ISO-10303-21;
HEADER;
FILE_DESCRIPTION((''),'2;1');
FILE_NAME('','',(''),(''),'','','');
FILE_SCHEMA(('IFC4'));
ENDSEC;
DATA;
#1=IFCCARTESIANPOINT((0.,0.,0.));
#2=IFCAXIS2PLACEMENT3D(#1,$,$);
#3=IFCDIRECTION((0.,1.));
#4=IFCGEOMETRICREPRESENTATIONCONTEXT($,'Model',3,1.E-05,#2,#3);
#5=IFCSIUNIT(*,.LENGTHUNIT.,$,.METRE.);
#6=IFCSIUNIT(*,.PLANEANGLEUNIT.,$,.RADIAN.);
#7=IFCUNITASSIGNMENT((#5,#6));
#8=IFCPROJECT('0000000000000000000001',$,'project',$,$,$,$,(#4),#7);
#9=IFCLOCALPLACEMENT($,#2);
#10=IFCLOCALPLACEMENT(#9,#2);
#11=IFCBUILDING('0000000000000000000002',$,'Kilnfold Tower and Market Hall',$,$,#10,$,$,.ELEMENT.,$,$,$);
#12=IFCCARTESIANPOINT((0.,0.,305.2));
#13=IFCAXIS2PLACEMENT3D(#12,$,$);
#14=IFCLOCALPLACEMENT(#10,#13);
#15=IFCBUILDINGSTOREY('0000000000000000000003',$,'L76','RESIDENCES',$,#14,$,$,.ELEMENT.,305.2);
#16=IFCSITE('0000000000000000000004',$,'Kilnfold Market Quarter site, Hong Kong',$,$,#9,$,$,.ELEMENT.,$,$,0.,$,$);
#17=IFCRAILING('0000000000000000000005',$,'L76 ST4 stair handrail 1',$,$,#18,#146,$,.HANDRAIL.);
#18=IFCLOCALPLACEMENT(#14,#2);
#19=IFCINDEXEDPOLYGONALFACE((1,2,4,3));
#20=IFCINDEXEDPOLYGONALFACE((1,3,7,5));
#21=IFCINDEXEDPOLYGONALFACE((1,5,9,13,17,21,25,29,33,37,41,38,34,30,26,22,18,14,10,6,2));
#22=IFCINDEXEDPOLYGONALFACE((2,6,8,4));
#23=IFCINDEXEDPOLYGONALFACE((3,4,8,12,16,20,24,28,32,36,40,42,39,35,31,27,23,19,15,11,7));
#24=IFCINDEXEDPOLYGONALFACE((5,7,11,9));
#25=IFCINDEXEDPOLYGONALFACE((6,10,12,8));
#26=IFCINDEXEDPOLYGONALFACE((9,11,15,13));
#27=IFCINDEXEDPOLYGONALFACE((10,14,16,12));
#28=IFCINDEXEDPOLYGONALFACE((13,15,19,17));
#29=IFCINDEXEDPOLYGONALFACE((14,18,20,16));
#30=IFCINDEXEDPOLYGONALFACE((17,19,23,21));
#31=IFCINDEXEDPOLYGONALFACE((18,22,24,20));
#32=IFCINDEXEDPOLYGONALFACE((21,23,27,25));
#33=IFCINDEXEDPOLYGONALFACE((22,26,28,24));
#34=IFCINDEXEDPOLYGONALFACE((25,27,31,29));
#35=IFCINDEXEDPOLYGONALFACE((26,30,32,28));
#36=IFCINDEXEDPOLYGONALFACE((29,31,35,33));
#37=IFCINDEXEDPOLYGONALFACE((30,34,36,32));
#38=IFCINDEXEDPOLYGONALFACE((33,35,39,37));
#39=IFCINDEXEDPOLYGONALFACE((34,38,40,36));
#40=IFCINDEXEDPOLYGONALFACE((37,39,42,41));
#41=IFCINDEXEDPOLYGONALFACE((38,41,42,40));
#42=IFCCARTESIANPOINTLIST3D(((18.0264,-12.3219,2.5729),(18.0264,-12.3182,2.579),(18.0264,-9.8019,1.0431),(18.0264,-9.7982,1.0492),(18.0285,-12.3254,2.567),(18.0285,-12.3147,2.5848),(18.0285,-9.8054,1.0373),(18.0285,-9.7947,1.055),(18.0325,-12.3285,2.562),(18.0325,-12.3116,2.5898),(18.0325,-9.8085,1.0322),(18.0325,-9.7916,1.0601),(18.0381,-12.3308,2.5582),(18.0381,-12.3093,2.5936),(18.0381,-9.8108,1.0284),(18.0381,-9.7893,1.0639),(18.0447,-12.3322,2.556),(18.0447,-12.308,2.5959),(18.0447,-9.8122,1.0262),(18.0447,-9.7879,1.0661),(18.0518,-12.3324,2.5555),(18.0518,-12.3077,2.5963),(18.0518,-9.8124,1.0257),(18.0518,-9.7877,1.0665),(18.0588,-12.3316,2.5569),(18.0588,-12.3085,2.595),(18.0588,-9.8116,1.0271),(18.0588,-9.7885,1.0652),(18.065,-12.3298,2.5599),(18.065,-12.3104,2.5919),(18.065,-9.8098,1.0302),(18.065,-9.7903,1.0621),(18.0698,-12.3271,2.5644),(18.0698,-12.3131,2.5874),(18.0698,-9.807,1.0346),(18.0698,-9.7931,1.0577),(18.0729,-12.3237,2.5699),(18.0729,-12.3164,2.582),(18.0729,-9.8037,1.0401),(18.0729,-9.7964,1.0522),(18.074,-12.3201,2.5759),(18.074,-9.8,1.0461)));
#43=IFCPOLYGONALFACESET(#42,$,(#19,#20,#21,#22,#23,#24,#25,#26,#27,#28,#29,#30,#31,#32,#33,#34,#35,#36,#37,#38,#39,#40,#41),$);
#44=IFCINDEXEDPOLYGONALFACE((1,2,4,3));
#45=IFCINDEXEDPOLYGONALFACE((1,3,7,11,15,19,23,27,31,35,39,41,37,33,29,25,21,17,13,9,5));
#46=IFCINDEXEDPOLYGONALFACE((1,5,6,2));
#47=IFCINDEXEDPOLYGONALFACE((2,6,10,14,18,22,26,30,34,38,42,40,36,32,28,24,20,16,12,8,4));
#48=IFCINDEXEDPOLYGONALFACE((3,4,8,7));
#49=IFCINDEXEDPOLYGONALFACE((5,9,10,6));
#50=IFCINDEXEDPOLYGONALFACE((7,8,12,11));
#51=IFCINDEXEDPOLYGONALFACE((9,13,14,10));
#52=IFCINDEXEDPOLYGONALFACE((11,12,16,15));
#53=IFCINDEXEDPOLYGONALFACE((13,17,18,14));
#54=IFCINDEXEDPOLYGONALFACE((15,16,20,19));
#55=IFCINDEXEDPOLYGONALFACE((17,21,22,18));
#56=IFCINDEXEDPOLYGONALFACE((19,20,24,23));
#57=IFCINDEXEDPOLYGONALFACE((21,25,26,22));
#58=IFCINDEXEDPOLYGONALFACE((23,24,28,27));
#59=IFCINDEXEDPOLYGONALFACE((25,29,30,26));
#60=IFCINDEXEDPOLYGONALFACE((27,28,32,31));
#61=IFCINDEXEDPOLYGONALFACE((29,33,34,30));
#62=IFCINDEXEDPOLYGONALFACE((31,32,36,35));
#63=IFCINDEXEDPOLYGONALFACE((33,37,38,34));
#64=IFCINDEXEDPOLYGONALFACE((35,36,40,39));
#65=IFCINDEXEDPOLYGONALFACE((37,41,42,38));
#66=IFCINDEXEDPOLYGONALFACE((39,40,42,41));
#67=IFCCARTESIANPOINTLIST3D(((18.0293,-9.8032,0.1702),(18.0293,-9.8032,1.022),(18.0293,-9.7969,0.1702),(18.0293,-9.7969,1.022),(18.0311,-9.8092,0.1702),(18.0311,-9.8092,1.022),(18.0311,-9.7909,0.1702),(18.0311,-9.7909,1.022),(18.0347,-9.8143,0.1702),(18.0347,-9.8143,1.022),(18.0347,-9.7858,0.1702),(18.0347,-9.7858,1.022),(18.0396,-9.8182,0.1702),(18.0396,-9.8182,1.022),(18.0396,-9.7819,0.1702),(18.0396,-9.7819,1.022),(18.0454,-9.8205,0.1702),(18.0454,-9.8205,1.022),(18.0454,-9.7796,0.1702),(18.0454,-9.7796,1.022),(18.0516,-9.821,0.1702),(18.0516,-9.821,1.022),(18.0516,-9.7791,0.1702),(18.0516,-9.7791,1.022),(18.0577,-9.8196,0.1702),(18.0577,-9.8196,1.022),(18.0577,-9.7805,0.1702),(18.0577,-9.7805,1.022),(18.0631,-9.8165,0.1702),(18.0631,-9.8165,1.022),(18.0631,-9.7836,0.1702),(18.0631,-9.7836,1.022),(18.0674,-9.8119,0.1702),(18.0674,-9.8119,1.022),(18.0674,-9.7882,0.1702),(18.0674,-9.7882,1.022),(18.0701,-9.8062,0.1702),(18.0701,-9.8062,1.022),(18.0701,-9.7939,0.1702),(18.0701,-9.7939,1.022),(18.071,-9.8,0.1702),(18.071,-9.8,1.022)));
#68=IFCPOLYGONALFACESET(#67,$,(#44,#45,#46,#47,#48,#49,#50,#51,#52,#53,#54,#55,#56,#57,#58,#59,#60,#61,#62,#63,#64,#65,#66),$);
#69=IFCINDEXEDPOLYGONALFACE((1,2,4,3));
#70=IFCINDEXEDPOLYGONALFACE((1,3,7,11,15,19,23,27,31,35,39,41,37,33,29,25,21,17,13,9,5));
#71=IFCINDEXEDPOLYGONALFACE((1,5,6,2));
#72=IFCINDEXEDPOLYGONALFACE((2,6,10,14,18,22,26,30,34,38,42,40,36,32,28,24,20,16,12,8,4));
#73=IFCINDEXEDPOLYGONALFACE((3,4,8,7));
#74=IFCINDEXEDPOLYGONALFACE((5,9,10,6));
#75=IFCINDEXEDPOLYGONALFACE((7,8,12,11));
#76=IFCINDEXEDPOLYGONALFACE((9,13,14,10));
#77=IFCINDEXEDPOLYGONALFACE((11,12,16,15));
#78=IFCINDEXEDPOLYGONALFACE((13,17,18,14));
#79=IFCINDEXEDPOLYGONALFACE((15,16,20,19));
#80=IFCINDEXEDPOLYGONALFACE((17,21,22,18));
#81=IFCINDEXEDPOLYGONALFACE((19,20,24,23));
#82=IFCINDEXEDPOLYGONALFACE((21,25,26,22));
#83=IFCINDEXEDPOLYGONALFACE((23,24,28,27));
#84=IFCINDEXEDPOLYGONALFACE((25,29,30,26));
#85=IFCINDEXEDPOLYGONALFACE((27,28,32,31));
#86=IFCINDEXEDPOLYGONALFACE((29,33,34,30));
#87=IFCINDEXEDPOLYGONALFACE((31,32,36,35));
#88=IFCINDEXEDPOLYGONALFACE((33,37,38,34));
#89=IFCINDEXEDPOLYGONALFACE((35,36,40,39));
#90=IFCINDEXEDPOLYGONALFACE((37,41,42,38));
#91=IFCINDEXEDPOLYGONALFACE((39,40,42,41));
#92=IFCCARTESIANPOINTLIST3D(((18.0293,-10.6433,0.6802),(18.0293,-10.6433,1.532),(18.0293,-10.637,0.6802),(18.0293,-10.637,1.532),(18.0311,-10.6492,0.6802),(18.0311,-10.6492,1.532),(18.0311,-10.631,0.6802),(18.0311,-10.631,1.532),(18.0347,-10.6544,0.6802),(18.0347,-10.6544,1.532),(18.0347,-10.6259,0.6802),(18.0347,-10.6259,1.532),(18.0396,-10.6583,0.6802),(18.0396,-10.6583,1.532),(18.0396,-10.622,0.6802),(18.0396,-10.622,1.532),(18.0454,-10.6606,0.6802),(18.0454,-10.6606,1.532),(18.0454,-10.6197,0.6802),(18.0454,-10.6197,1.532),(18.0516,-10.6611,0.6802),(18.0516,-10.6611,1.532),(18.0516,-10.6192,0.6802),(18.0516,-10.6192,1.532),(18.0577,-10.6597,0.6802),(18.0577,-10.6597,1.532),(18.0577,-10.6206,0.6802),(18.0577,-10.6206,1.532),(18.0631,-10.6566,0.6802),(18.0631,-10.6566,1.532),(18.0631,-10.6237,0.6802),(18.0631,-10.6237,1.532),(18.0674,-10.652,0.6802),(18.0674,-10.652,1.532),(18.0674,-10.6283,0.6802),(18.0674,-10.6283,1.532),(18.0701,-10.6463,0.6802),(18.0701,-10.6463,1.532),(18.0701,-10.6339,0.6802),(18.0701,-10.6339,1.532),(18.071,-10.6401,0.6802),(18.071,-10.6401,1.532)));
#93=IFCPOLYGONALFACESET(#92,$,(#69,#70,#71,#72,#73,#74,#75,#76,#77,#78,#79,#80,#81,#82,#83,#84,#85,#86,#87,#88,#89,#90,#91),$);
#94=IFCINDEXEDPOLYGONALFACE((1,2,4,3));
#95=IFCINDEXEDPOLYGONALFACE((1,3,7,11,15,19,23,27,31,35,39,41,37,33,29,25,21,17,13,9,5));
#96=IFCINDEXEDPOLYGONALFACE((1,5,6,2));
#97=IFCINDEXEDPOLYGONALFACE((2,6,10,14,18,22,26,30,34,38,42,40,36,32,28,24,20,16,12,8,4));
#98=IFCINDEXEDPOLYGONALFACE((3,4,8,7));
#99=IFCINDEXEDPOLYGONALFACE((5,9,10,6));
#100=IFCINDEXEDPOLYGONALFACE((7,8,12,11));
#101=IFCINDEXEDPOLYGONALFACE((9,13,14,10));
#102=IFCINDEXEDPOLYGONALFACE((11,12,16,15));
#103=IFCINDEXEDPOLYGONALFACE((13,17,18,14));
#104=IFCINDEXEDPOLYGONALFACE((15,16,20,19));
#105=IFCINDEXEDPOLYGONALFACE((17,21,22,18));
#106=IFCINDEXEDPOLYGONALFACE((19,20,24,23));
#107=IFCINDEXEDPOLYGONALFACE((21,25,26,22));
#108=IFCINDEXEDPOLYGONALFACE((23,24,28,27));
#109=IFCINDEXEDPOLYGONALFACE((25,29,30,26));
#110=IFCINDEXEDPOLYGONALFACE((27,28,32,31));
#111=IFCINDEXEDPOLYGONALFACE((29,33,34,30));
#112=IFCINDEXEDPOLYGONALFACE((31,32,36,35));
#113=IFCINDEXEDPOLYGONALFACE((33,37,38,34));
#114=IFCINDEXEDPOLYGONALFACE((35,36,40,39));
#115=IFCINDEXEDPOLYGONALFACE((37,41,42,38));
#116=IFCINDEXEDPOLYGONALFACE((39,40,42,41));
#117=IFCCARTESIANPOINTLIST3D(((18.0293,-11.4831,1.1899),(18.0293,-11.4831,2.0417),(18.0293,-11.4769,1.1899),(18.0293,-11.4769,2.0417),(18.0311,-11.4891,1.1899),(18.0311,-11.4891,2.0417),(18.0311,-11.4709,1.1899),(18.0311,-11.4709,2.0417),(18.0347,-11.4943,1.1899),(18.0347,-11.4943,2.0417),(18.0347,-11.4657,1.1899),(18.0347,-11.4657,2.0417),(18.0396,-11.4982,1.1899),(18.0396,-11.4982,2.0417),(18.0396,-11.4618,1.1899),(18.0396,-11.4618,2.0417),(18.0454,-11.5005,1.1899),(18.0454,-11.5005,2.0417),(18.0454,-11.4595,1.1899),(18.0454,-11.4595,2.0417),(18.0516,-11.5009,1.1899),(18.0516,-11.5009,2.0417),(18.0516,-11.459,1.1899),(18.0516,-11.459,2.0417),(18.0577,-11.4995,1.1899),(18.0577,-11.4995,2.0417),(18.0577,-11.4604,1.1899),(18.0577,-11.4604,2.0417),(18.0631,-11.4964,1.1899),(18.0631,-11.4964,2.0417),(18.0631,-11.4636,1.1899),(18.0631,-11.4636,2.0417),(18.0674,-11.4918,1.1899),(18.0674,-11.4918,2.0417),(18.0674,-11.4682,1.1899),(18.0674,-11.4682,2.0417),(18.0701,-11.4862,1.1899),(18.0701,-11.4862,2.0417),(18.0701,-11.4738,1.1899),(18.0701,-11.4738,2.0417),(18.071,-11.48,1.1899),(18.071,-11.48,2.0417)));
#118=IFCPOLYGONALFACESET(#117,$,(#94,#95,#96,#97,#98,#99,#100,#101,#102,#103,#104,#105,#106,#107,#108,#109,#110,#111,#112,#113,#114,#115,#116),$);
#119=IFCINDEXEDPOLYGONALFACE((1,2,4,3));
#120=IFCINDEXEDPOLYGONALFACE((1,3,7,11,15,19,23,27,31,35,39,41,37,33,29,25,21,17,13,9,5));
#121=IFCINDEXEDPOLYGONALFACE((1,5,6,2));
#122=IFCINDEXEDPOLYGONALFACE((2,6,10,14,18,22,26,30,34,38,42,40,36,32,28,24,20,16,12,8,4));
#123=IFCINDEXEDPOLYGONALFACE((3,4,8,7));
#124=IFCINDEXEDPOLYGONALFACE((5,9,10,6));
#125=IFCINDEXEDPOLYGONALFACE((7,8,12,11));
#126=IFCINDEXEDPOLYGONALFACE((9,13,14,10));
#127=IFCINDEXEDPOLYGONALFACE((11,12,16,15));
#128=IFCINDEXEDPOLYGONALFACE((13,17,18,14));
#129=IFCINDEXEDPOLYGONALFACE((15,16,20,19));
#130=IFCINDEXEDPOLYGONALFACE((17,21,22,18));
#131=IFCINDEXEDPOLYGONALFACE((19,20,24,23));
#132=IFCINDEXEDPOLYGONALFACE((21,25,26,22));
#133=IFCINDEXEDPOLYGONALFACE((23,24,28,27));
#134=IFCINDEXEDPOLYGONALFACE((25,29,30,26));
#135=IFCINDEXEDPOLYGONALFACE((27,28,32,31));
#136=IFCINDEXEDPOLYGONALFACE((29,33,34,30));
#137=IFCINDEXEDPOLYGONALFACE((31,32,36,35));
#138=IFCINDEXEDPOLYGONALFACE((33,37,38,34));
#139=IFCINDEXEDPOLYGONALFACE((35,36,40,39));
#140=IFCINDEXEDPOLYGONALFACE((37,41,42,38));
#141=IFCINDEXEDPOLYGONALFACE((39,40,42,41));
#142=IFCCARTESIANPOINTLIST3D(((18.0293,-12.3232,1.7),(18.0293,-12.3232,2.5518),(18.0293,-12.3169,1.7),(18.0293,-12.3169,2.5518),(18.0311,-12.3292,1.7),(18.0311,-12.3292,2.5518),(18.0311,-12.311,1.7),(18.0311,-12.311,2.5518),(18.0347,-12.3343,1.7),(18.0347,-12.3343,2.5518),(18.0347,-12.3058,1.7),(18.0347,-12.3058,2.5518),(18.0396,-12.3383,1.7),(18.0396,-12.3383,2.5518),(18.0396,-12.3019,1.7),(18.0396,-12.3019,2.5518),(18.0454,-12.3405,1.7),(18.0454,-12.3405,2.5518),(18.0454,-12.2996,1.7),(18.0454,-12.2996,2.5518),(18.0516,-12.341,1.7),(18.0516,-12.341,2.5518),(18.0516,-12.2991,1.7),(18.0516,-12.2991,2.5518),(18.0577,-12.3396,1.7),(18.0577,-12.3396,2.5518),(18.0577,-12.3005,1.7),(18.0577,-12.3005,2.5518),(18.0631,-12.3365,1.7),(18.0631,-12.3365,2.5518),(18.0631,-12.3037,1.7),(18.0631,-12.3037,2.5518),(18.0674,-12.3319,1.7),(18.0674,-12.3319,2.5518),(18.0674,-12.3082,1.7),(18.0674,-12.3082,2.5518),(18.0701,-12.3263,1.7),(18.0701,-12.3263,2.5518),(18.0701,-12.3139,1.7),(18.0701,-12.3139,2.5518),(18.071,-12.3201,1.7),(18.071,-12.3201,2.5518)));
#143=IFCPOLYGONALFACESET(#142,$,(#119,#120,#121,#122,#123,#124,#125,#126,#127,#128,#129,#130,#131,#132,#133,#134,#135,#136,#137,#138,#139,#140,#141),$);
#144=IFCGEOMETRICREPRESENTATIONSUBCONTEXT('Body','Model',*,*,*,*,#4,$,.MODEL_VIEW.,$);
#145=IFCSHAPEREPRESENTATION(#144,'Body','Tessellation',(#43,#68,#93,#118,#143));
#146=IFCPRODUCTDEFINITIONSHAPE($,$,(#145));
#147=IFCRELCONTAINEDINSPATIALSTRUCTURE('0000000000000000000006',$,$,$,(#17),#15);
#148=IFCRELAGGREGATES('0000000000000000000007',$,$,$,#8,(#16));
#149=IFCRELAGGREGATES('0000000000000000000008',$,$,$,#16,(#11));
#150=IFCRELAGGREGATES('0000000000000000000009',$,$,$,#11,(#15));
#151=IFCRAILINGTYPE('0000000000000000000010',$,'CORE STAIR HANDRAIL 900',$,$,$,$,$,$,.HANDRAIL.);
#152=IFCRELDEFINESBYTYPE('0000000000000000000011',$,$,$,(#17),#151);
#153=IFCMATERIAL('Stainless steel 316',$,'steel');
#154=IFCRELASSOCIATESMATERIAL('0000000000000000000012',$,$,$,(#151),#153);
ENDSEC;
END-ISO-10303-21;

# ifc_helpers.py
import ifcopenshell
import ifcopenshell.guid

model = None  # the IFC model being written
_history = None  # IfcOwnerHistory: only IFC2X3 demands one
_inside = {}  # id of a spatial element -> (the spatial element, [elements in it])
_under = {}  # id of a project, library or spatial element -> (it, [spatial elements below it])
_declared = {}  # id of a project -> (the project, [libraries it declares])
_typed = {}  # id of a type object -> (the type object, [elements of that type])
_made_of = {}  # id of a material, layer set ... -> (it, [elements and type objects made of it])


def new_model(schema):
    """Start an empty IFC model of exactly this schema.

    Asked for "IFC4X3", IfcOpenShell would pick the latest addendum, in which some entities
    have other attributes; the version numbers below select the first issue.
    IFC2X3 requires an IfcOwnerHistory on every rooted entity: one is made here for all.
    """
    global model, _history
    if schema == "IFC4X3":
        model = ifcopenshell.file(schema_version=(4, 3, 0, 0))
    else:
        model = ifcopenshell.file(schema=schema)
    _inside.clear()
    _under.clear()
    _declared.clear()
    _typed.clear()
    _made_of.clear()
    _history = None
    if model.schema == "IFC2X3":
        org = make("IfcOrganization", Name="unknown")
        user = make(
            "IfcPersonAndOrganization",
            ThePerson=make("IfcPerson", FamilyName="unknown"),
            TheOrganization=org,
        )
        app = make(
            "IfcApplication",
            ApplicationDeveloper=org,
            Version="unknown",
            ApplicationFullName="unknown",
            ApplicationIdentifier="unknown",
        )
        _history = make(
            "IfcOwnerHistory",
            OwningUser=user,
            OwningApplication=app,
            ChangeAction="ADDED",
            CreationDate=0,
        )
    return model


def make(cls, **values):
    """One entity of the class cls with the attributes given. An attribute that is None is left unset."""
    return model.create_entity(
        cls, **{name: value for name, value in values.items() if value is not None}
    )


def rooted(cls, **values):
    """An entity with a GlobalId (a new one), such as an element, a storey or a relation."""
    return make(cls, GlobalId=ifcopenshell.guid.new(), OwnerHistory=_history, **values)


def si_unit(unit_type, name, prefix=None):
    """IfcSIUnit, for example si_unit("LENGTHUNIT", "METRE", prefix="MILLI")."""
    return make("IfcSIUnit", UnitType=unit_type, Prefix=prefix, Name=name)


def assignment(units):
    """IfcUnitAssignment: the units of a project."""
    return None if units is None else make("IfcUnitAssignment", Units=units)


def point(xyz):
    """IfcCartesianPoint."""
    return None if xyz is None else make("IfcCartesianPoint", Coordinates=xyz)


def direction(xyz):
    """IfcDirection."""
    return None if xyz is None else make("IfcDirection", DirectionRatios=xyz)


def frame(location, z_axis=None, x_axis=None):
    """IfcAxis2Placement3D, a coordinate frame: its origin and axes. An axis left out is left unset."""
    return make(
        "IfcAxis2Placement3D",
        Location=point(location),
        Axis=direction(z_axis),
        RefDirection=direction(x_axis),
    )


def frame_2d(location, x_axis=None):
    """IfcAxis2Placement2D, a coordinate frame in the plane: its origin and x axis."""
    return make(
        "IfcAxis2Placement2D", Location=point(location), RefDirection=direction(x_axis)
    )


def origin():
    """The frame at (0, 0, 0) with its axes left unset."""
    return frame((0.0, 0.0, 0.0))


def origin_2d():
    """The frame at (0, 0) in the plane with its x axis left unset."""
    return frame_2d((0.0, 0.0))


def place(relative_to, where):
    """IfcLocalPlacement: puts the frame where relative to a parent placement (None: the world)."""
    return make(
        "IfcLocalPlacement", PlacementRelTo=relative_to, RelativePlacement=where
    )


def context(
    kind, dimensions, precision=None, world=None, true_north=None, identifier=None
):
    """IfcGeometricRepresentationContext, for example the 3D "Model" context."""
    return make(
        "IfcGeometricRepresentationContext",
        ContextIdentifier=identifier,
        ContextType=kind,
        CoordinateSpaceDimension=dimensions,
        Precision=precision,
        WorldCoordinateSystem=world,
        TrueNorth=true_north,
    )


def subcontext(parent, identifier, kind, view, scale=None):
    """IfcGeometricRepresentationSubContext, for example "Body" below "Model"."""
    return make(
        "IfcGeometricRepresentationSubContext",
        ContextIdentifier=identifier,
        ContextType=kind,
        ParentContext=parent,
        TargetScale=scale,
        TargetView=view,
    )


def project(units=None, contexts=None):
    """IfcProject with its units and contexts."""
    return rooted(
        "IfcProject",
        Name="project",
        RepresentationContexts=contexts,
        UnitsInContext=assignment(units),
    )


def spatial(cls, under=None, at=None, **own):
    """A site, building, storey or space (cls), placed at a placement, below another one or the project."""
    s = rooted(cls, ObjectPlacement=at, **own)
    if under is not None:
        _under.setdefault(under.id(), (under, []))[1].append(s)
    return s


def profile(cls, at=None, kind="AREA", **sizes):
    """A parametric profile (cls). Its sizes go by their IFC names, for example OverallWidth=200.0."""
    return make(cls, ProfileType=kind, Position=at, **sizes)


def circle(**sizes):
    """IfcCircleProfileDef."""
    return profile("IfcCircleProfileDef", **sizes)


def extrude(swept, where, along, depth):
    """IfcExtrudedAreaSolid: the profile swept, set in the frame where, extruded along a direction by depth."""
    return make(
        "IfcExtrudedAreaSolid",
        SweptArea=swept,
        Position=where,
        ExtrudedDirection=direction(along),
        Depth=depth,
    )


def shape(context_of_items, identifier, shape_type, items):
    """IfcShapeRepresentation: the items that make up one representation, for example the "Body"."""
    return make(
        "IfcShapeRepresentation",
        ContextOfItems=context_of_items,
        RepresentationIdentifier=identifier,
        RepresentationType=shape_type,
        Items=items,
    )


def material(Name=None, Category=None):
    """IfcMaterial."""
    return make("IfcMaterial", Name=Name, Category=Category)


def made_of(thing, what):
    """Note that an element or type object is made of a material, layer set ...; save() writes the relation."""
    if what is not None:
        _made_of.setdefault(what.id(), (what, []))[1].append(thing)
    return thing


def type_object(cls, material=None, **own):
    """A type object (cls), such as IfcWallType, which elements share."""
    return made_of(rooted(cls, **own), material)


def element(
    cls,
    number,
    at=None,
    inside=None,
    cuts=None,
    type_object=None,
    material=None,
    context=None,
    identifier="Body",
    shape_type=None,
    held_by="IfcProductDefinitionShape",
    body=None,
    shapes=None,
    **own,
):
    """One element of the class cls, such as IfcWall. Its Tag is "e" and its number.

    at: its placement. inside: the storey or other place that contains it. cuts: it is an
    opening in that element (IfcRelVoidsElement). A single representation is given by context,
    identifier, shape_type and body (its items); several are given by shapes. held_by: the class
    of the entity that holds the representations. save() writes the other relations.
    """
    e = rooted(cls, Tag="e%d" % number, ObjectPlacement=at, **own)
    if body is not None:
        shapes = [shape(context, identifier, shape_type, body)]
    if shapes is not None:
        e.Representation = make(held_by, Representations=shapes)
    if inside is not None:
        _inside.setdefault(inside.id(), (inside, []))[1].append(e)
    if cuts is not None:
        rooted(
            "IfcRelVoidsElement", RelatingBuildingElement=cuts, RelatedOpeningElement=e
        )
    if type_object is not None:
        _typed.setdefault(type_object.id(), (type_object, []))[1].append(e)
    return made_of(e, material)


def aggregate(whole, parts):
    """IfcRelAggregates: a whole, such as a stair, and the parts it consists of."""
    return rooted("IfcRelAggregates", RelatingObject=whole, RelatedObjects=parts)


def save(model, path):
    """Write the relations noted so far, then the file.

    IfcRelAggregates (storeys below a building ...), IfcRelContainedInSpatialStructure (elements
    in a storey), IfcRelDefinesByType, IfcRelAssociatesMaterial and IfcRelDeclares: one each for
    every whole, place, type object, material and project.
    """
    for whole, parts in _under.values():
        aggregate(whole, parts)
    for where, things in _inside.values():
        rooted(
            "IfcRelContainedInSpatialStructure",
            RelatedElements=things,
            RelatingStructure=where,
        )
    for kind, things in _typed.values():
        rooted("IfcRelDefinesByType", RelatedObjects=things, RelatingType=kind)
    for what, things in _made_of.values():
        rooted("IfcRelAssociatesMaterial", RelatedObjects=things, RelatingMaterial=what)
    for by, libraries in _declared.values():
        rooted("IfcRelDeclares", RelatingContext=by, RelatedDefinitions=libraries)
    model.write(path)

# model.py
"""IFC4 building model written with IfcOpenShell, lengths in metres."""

from ifc_helpers import new_model, si_unit, direction, frame, origin, origin_2d, place, context, subcontext, project, spatial, circle, extrude, material, type_object, element, save


model = new_model("IFC4")

# Units and contexts
model_context = context("Model", 3, precision=1e-05, world=origin(), true_north=direction((0.0, 1.0)))
body_context = subcontext(model_context, "Body", "Model", "MODEL_VIEW")
ifc_project = project(units=[si_unit("LENGTHUNIT", "METRE"), si_unit("PLANEANGLEUNIT", "RADIAN")], contexts=[model_context])

# Site, building, storey
site_placement = place(None, origin())
site = spatial("IfcSite", under=ifc_project, at=site_placement, Name="Kilnfold Market Quarter site, Hong Kong", CompositionType="ELEMENT", RefElevation=0.0)
building_placement = place(site_placement, origin())
building = spatial("IfcBuilding", under=site, at=building_placement, Name="Kilnfold Tower and Market Hall", CompositionType="ELEMENT")
storey_placement = place(building_placement, frame((0.0, 0.0, 305.2)))
storey = spatial("IfcBuildingStorey", under=building, at=storey_placement, Name="L76", Description="RESIDENCES", CompositionType="ELEMENT", Elevation=305.2)

# Railing
ifc_material_1 = material(Name="Stainless steel 316", Category="steel")
railing_type_1 = type_object("IfcRailingType", Name="CORE STAIR HANDRAIL 900", PredefinedType="HANDRAIL", material=ifc_material_1)
railing_1_placement = place(storey_placement, frame((18.05, -9.8, 0.1702)))
element("IfcRailing", 1, at=railing_1_placement, inside=storey, type_object=railing_type_1, Name="L76 ST4 stair handrail 1", PredefinedType="HANDRAIL", context=body_context, shape_type="SweptSolid", body=[
    extrude(circle(Radius=0.0239, at=origin_2d()), frame((0.0, 0.0, 0.876), z_axis=(0.0, -0.854822, 0.518922), x_axis=(1.0, 0.0, 0.0)), (0.0, 0.0, 1.0), 2.948),
    extrude(circle(Radius=0.021, at=origin_2d()), origin(), (0.0, 0.0, 1.0), 0.8518),
    extrude(circle(Radius=0.021, at=origin_2d()), frame((0.0, -0.8401, 0.51)), (0.0, 0.0, 1.0), 0.8518),
    extrude(circle(Radius=0.021, at=origin_2d()), frame((0.0, -1.6799, 1.0198)), (0.0, 0.0, 1.0), 0.8518),
    extrude(circle(Radius=0.021, at=origin_2d()), frame((0.0, -2.52, 1.5298)), (0.0, 0.0, 1.0), 0.8518),
])

save(model, "model.ifc")
